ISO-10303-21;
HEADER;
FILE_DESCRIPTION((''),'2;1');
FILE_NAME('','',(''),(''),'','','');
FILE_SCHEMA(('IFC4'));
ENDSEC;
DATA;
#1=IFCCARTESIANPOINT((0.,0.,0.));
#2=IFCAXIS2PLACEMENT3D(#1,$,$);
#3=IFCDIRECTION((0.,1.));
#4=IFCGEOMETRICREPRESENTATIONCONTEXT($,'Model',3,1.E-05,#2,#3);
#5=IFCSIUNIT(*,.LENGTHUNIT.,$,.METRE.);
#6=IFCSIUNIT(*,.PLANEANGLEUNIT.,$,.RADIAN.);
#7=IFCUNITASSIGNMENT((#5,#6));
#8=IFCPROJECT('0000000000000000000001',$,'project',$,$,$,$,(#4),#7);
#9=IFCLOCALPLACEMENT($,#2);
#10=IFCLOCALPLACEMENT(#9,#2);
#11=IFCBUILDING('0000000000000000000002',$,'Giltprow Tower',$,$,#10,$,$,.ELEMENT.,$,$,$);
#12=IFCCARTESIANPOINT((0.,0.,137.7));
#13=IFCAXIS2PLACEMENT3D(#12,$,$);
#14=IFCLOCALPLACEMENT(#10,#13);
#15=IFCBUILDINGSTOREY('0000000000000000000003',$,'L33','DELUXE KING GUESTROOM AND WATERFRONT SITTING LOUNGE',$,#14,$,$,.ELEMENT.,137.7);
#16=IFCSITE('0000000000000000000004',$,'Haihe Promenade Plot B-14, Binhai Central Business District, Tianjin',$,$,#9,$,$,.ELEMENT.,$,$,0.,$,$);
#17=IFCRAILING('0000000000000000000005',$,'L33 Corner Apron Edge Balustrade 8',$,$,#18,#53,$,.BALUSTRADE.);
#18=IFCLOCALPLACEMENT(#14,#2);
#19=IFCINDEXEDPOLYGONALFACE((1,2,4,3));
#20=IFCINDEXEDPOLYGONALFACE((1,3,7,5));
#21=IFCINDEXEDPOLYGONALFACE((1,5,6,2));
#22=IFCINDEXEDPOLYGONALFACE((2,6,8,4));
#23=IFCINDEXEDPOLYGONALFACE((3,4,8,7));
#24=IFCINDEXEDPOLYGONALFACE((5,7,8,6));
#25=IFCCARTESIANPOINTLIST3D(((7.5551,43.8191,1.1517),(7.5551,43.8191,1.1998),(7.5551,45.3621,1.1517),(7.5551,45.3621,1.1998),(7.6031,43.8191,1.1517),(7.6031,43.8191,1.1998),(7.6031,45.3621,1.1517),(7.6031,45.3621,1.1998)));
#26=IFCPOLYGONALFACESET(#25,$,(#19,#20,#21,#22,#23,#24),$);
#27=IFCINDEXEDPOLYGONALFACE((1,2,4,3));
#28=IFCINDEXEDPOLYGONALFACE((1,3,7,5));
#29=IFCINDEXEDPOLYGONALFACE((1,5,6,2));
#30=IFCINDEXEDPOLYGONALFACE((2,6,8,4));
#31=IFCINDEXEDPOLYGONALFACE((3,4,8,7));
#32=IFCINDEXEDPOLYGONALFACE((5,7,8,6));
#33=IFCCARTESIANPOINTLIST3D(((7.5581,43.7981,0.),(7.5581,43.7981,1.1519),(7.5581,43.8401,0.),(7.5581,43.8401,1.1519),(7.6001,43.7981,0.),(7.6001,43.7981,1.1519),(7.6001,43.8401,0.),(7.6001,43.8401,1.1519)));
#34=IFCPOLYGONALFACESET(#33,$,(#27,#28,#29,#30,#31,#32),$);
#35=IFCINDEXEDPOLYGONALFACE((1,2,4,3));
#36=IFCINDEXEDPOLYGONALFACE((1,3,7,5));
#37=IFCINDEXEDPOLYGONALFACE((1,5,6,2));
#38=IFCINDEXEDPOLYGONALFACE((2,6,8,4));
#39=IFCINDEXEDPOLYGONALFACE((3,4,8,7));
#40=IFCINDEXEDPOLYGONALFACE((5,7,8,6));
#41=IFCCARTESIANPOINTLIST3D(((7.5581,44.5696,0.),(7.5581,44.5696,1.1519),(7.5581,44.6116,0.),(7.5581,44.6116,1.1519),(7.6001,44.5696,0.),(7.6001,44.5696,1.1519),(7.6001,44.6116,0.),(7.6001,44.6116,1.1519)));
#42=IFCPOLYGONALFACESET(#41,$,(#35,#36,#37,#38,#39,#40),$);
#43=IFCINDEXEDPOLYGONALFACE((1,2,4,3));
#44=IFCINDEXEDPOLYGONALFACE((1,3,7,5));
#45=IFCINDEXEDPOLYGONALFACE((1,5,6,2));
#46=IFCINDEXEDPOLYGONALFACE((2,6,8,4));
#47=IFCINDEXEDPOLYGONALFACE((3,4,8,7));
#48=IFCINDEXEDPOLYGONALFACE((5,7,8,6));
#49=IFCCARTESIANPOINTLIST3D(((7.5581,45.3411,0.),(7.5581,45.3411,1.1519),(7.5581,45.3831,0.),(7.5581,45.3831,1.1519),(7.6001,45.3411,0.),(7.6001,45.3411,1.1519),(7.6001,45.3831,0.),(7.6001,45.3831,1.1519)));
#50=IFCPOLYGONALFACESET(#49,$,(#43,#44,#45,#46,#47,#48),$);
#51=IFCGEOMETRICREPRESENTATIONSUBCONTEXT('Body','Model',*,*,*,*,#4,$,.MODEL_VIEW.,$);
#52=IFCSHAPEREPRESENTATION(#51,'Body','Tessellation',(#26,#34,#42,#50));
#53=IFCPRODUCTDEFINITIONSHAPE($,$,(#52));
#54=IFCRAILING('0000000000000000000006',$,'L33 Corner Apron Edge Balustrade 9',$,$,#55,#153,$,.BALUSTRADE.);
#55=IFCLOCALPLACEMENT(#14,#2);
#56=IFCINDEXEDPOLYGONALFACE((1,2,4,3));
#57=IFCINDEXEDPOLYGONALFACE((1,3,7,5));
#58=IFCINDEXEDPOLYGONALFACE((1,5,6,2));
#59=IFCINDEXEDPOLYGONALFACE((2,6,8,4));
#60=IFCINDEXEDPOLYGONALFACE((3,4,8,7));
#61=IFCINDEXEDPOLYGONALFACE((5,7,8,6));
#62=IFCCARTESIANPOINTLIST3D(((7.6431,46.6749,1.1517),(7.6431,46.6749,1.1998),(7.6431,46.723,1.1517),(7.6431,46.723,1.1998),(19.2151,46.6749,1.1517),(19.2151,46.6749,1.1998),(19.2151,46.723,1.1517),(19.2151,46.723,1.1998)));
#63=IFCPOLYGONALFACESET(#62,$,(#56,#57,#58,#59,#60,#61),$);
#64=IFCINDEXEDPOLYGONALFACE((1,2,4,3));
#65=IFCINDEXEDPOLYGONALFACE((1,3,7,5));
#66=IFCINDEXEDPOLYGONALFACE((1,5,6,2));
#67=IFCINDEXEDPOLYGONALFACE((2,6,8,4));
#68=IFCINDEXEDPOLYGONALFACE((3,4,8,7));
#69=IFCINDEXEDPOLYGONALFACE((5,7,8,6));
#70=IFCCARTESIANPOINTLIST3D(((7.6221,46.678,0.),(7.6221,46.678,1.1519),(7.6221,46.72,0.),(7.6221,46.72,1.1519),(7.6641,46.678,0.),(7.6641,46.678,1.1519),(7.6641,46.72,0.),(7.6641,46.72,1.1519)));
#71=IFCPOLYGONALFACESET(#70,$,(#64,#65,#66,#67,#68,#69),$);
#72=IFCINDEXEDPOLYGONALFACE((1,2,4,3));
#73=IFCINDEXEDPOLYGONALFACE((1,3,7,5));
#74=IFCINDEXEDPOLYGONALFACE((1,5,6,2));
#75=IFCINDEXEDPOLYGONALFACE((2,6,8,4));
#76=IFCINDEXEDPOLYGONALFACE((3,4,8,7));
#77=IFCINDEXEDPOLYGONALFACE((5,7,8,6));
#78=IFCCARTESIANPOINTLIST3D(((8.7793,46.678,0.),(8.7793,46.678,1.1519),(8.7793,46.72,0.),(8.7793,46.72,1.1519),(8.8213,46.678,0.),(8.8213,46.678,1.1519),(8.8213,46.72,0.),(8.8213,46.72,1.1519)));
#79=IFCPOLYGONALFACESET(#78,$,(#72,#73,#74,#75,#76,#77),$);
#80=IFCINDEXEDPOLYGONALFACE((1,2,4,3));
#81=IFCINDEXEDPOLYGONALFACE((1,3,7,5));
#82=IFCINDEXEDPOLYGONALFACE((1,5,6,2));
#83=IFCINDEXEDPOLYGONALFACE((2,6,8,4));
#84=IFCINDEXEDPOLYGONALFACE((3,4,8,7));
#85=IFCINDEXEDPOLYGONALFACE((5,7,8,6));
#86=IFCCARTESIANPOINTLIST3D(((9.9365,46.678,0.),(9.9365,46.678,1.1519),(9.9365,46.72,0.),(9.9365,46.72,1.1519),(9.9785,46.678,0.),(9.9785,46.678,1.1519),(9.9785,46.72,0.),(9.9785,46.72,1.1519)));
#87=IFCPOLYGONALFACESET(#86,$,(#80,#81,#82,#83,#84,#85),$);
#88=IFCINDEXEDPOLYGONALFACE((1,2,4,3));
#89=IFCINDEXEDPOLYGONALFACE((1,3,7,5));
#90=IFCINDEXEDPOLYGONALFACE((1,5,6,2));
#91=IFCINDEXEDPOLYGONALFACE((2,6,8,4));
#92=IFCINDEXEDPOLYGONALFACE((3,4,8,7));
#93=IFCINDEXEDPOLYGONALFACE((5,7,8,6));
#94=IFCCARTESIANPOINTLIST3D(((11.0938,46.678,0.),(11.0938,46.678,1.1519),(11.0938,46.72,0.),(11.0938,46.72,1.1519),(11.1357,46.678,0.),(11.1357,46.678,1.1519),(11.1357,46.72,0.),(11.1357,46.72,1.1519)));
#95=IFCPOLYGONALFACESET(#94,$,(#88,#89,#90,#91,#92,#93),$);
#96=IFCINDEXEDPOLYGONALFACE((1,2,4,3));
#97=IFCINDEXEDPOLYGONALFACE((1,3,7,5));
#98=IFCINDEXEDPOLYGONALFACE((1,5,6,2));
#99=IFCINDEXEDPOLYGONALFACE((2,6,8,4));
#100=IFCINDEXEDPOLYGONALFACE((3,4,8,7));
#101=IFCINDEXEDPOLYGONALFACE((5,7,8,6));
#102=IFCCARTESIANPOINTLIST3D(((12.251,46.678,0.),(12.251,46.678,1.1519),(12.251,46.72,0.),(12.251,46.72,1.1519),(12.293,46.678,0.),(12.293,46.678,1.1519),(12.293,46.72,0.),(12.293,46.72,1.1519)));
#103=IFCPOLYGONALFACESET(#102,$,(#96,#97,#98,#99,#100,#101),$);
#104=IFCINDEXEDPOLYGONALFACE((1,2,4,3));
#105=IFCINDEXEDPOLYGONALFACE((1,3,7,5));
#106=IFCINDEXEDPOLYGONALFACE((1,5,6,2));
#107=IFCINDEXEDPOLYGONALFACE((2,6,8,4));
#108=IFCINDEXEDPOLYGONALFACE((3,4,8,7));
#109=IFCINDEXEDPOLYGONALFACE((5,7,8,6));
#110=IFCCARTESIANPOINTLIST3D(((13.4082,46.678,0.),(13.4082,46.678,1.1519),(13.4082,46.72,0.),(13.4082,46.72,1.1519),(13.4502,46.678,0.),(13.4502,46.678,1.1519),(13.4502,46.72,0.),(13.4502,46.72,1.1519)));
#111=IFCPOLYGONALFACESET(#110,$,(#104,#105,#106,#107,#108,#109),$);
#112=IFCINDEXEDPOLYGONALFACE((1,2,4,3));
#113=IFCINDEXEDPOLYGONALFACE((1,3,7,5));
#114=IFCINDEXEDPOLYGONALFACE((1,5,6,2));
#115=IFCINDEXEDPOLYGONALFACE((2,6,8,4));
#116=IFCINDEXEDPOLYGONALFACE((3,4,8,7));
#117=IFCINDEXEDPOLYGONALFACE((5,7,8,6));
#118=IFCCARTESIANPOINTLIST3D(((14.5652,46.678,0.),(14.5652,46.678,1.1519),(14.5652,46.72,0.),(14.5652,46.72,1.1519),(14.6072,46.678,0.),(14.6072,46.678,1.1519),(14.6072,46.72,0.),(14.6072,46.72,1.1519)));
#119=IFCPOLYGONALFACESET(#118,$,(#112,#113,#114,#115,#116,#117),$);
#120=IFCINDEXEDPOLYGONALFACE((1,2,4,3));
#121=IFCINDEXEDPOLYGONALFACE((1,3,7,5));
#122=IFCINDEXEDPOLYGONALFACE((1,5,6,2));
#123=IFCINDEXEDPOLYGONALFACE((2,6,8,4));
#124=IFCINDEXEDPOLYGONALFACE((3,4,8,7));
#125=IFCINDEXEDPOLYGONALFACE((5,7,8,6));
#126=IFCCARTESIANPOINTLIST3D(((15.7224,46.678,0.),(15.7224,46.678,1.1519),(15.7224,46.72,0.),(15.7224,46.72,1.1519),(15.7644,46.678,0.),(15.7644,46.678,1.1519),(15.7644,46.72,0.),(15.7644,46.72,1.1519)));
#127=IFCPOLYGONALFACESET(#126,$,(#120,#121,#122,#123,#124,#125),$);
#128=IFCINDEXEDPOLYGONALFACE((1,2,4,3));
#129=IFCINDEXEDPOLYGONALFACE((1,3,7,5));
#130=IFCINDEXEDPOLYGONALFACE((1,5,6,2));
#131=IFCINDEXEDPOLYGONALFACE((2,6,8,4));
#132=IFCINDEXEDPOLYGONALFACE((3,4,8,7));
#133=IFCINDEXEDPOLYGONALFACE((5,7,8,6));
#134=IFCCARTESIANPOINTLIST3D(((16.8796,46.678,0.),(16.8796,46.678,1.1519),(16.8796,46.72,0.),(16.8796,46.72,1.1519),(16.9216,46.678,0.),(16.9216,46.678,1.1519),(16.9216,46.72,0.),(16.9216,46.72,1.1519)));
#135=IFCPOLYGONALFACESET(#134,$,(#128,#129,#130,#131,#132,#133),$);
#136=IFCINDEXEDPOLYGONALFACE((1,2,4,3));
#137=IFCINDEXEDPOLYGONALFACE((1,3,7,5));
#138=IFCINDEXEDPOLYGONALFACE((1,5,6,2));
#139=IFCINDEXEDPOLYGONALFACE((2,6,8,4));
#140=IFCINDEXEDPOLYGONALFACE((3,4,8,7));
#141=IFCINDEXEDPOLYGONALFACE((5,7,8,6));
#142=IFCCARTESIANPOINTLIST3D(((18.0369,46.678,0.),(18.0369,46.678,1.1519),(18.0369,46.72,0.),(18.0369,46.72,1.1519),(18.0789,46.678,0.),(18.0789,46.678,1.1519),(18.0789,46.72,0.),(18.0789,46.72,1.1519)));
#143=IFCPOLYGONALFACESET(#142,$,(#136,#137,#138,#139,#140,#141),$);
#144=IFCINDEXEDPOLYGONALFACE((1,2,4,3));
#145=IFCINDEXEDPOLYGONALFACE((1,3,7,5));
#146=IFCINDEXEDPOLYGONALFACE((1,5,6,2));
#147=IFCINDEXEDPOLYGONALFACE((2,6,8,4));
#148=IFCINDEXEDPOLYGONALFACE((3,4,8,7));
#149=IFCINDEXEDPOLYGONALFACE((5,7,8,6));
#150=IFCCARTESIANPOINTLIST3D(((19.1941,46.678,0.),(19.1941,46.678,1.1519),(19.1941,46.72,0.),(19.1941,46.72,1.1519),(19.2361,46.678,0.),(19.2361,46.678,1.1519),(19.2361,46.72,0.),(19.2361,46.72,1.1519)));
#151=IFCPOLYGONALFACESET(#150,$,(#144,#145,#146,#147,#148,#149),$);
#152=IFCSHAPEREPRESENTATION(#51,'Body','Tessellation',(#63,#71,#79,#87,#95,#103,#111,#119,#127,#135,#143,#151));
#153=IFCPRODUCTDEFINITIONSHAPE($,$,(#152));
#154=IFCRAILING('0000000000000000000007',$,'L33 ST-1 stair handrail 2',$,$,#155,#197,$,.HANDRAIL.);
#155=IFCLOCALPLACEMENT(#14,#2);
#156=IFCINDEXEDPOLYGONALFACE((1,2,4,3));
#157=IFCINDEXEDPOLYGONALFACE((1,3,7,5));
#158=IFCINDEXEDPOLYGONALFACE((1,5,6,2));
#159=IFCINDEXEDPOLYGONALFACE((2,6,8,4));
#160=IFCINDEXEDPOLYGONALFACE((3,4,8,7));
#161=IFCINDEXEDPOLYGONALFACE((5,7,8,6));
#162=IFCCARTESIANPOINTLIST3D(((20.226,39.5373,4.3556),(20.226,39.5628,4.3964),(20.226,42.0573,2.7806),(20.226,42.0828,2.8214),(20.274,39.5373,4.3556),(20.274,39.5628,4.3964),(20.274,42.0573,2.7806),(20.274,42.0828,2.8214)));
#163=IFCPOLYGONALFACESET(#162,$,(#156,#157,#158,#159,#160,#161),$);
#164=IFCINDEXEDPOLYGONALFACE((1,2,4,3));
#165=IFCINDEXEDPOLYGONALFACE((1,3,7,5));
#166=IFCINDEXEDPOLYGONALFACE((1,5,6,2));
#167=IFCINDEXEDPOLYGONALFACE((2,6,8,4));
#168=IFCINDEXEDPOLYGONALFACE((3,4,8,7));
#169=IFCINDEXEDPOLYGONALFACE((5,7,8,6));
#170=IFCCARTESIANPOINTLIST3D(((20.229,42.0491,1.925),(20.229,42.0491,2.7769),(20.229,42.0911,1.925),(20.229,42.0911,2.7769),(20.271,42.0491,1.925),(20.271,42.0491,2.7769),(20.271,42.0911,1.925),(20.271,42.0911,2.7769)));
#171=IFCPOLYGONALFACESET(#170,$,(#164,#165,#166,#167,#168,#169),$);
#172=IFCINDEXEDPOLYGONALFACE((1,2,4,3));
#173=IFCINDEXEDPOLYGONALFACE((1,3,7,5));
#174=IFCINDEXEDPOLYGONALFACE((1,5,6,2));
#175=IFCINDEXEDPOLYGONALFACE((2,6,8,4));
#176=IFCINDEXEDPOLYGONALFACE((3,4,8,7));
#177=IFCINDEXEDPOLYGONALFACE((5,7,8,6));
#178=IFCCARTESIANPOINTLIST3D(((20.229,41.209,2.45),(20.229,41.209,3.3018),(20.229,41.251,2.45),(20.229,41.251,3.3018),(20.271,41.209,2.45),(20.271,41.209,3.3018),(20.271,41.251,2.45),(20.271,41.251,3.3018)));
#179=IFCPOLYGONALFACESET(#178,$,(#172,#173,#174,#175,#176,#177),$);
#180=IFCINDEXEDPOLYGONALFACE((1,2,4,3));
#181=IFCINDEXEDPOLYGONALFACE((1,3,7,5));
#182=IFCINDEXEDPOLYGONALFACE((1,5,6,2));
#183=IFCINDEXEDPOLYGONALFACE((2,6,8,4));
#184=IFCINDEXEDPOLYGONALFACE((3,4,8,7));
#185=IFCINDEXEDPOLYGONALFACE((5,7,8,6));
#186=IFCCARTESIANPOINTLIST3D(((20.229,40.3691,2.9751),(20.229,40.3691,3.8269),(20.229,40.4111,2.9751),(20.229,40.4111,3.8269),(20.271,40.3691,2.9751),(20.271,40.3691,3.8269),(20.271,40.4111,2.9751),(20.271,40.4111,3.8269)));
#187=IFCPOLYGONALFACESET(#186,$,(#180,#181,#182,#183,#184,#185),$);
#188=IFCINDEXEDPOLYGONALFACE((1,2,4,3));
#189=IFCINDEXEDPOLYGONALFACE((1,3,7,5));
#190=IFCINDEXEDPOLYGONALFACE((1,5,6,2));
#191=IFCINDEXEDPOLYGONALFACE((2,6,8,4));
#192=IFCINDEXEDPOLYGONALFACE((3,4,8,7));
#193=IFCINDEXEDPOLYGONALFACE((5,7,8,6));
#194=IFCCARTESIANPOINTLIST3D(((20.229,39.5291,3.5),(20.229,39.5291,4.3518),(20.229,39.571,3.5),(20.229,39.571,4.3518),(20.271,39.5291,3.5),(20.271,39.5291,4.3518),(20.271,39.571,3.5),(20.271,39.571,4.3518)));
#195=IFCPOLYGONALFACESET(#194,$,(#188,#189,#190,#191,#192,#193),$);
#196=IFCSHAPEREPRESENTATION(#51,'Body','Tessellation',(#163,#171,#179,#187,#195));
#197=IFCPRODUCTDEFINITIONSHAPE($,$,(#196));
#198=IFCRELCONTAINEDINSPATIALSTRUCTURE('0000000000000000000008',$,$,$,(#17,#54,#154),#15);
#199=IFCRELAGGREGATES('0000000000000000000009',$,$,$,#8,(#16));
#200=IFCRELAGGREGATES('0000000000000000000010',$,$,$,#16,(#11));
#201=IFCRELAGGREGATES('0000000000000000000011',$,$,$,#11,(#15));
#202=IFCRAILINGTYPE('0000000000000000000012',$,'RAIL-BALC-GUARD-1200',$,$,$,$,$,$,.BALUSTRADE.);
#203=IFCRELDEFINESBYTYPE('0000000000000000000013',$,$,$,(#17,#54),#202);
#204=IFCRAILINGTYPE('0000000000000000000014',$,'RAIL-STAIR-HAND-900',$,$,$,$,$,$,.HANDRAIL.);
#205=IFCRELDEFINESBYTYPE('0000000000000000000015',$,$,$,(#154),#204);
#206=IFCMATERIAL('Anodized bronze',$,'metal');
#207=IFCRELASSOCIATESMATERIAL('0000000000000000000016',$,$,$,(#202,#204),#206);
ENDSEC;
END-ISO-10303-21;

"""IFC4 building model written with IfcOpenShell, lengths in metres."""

from ifc_helpers import new_model, si_unit, direction, frame, origin, origin_2d, place, context, subcontext, project, spatial, rectangle, extrude, material, type_object, element, save


model = new_model("IFC4")

# Units and contexts
model_context = context("Model", 3, precision=1e-05, world=origin(), true_north=direction((0.0, 1.0)))
body_context = subcontext(model_context, "Body", "Model", "MODEL_VIEW")
ifc_project = project(units=[si_unit("LENGTHUNIT", "METRE"), si_unit("PLANEANGLEUNIT", "RADIAN")], contexts=[model_context])

# Site, building, storey
site_placement = place(None, origin())
site = spatial("IfcSite", under=ifc_project, at=site_placement, Name="Haihe Promenade Plot B-14, Binhai Central Business District, Tianjin", CompositionType="ELEMENT", RefElevation=0.0)
building_placement = place(site_placement, origin())
building = spatial("IfcBuilding", under=site, at=building_placement, Name="Giltprow Tower", CompositionType="ELEMENT")
storey_placement = place(building_placement, frame((0.0, 0.0, 137.7)))
storey = spatial("IfcBuildingStorey", under=building, at=storey_placement, Name="L33", Description="DELUXE KING GUESTROOM AND WATERFRONT SITTING LOUNGE", CompositionType="ELEMENT", Elevation=137.7)

# Railings
ifc_material_1 = material(Name="Anodized bronze", Category="metal")
railing_type_1 = type_object("IfcRailingType", Name="RAIL-BALC-GUARD-1200", PredefinedType="BALUSTRADE", material=ifc_material_1)
railing_1_placement = place(storey_placement, frame((7.5791, 43.8191, 0.0)))
element("IfcRailing", 1, at=railing_1_placement, inside=storey, type_object=railing_type_1, Name="L33 Corner Apron Edge Balustrade 8", PredefinedType="BALUSTRADE", context=body_context, shape_type="SweptSolid", body=[
    extrude(rectangle(XDim=0.0481, YDim=0.0481, at=origin_2d()), frame((0.0, 0.0, 1.1758), z_axis=(0.0, 1.0, 0.0), x_axis=(-1.0, 0.0, 0.0)), (0.0, 0.0, 1.0), 1.543),
    extrude(rectangle(XDim=0.042, YDim=0.042, at=origin_2d()), origin(), (0.0, 0.0, 1.0), 1.1519),
    extrude(rectangle(XDim=0.042, YDim=0.042, at=origin_2d()), frame((0.0, 0.7715, 0.0)), (0.0, 0.0, 1.0), 1.1519),
    extrude(rectangle(XDim=0.042, YDim=0.042, at=origin_2d()), frame((0.0, 1.543, 0.0)), (0.0, 0.0, 1.0), 1.1519),
])
railing_2_placement = place(storey_placement, frame((7.6431, 46.699, 0.0)))
element("IfcRailing", 2, at=railing_2_placement, inside=storey, type_object=railing_type_1, Name="L33 Corner Apron Edge Balustrade 9", PredefinedType="BALUSTRADE", context=body_context, shape_type="SweptSolid", body=[
    extrude(rectangle(XDim=0.0481, YDim=0.0481, at=origin_2d()), frame((0.0, 0.0, 1.1758), z_axis=(1.0, 0.0, 0.0), x_axis=(0.0, 1.0, 0.0)), (0.0, 0.0, 1.0), 11.572),
    extrude(rectangle(XDim=0.042, YDim=0.042, at=origin_2d()), origin(), (0.0, 0.0, 1.0), 1.1519),
    extrude(rectangle(XDim=0.042, YDim=0.042, at=origin_2d()), frame((1.1572, 0.0, 0.0)), (0.0, 0.0, 1.0), 1.1519),
    extrude(rectangle(XDim=0.042, YDim=0.042, at=origin_2d()), frame((2.3145, 0.0, 0.0)), (0.0, 0.0, 1.0), 1.1519),
    extrude(rectangle(XDim=0.042, YDim=0.042, at=origin_2d()), frame((3.4717, 0.0, 0.0)), (0.0, 0.0, 1.0), 1.1519),
    extrude(rectangle(XDim=0.042, YDim=0.042, at=origin_2d()), frame((4.6289, 0.0, 0.0)), (0.0, 0.0, 1.0), 1.1519),
    extrude(rectangle(XDim=0.042, YDim=0.042, at=origin_2d()), frame((5.7861, 0.0, 0.0)), (0.0, 0.0, 1.0), 1.1519),
    extrude(rectangle(XDim=0.042, YDim=0.042, at=origin_2d()), frame((6.9431, 0.0, 0.0)), (0.0, 0.0, 1.0), 1.1519),
    extrude(rectangle(XDim=0.042, YDim=0.042, at=origin_2d()), frame((8.1003, 0.0, 0.0)), (0.0, 0.0, 1.0), 1.1519),
    extrude(rectangle(XDim=0.042, YDim=0.042, at=origin_2d()), frame((9.2576, 0.0, 0.0)), (0.0, 0.0, 1.0), 1.1519),
    extrude(rectangle(XDim=0.042, YDim=0.042, at=origin_2d()), frame((10.4148, 0.0, 0.0)), (0.0, 0.0, 1.0), 1.1519),
    extrude(rectangle(XDim=0.042, YDim=0.042, at=origin_2d()), frame((11.572, 0.0, 0.0)), (0.0, 0.0, 1.0), 1.1519),
])
railing_type_2 = type_object("IfcRailingType", Name="RAIL-STAIR-HAND-900", PredefinedType="HANDRAIL", material=ifc_material_1)
railing_3_placement = place(storey_placement, frame((20.25, 42.0701, 1.925)))
element("IfcRailing", 3, at=railing_3_placement, inside=storey, type_object=railing_type_2, Name="L33 ST-1 stair handrail 2", PredefinedType="HANDRAIL", context=body_context, shape_type="SweptSolid", body=[
    extrude(rectangle(XDim=0.0481, YDim=0.0481, at=origin_2d()), frame((0.0, 0.0, 0.876), z_axis=(0.0, -0.848008, 0.529984), x_axis=(1.0, 0.0, 0.0)), (0.0, 0.0, 1.0), 2.9717),
    extrude(rectangle(XDim=0.042, YDim=0.042, at=origin_2d()), origin(), (0.0, 0.0, 1.0), 0.8518),
    extrude(rectangle(XDim=0.042, YDim=0.042, at=origin_2d()), frame((0.0, -0.8401, 0.5249)), (0.0, 0.0, 1.0), 0.8518),
    extrude(rectangle(XDim=0.042, YDim=0.042, at=origin_2d()), frame((0.0, -1.6799, 1.05)), (0.0, 0.0, 1.0), 0.8518),
    extrude(rectangle(XDim=0.042, YDim=0.042, at=origin_2d()), frame((0.0, -2.52, 1.575)), (0.0, 0.0, 1.0), 0.8518),
])

save(model, "model.ifc")
